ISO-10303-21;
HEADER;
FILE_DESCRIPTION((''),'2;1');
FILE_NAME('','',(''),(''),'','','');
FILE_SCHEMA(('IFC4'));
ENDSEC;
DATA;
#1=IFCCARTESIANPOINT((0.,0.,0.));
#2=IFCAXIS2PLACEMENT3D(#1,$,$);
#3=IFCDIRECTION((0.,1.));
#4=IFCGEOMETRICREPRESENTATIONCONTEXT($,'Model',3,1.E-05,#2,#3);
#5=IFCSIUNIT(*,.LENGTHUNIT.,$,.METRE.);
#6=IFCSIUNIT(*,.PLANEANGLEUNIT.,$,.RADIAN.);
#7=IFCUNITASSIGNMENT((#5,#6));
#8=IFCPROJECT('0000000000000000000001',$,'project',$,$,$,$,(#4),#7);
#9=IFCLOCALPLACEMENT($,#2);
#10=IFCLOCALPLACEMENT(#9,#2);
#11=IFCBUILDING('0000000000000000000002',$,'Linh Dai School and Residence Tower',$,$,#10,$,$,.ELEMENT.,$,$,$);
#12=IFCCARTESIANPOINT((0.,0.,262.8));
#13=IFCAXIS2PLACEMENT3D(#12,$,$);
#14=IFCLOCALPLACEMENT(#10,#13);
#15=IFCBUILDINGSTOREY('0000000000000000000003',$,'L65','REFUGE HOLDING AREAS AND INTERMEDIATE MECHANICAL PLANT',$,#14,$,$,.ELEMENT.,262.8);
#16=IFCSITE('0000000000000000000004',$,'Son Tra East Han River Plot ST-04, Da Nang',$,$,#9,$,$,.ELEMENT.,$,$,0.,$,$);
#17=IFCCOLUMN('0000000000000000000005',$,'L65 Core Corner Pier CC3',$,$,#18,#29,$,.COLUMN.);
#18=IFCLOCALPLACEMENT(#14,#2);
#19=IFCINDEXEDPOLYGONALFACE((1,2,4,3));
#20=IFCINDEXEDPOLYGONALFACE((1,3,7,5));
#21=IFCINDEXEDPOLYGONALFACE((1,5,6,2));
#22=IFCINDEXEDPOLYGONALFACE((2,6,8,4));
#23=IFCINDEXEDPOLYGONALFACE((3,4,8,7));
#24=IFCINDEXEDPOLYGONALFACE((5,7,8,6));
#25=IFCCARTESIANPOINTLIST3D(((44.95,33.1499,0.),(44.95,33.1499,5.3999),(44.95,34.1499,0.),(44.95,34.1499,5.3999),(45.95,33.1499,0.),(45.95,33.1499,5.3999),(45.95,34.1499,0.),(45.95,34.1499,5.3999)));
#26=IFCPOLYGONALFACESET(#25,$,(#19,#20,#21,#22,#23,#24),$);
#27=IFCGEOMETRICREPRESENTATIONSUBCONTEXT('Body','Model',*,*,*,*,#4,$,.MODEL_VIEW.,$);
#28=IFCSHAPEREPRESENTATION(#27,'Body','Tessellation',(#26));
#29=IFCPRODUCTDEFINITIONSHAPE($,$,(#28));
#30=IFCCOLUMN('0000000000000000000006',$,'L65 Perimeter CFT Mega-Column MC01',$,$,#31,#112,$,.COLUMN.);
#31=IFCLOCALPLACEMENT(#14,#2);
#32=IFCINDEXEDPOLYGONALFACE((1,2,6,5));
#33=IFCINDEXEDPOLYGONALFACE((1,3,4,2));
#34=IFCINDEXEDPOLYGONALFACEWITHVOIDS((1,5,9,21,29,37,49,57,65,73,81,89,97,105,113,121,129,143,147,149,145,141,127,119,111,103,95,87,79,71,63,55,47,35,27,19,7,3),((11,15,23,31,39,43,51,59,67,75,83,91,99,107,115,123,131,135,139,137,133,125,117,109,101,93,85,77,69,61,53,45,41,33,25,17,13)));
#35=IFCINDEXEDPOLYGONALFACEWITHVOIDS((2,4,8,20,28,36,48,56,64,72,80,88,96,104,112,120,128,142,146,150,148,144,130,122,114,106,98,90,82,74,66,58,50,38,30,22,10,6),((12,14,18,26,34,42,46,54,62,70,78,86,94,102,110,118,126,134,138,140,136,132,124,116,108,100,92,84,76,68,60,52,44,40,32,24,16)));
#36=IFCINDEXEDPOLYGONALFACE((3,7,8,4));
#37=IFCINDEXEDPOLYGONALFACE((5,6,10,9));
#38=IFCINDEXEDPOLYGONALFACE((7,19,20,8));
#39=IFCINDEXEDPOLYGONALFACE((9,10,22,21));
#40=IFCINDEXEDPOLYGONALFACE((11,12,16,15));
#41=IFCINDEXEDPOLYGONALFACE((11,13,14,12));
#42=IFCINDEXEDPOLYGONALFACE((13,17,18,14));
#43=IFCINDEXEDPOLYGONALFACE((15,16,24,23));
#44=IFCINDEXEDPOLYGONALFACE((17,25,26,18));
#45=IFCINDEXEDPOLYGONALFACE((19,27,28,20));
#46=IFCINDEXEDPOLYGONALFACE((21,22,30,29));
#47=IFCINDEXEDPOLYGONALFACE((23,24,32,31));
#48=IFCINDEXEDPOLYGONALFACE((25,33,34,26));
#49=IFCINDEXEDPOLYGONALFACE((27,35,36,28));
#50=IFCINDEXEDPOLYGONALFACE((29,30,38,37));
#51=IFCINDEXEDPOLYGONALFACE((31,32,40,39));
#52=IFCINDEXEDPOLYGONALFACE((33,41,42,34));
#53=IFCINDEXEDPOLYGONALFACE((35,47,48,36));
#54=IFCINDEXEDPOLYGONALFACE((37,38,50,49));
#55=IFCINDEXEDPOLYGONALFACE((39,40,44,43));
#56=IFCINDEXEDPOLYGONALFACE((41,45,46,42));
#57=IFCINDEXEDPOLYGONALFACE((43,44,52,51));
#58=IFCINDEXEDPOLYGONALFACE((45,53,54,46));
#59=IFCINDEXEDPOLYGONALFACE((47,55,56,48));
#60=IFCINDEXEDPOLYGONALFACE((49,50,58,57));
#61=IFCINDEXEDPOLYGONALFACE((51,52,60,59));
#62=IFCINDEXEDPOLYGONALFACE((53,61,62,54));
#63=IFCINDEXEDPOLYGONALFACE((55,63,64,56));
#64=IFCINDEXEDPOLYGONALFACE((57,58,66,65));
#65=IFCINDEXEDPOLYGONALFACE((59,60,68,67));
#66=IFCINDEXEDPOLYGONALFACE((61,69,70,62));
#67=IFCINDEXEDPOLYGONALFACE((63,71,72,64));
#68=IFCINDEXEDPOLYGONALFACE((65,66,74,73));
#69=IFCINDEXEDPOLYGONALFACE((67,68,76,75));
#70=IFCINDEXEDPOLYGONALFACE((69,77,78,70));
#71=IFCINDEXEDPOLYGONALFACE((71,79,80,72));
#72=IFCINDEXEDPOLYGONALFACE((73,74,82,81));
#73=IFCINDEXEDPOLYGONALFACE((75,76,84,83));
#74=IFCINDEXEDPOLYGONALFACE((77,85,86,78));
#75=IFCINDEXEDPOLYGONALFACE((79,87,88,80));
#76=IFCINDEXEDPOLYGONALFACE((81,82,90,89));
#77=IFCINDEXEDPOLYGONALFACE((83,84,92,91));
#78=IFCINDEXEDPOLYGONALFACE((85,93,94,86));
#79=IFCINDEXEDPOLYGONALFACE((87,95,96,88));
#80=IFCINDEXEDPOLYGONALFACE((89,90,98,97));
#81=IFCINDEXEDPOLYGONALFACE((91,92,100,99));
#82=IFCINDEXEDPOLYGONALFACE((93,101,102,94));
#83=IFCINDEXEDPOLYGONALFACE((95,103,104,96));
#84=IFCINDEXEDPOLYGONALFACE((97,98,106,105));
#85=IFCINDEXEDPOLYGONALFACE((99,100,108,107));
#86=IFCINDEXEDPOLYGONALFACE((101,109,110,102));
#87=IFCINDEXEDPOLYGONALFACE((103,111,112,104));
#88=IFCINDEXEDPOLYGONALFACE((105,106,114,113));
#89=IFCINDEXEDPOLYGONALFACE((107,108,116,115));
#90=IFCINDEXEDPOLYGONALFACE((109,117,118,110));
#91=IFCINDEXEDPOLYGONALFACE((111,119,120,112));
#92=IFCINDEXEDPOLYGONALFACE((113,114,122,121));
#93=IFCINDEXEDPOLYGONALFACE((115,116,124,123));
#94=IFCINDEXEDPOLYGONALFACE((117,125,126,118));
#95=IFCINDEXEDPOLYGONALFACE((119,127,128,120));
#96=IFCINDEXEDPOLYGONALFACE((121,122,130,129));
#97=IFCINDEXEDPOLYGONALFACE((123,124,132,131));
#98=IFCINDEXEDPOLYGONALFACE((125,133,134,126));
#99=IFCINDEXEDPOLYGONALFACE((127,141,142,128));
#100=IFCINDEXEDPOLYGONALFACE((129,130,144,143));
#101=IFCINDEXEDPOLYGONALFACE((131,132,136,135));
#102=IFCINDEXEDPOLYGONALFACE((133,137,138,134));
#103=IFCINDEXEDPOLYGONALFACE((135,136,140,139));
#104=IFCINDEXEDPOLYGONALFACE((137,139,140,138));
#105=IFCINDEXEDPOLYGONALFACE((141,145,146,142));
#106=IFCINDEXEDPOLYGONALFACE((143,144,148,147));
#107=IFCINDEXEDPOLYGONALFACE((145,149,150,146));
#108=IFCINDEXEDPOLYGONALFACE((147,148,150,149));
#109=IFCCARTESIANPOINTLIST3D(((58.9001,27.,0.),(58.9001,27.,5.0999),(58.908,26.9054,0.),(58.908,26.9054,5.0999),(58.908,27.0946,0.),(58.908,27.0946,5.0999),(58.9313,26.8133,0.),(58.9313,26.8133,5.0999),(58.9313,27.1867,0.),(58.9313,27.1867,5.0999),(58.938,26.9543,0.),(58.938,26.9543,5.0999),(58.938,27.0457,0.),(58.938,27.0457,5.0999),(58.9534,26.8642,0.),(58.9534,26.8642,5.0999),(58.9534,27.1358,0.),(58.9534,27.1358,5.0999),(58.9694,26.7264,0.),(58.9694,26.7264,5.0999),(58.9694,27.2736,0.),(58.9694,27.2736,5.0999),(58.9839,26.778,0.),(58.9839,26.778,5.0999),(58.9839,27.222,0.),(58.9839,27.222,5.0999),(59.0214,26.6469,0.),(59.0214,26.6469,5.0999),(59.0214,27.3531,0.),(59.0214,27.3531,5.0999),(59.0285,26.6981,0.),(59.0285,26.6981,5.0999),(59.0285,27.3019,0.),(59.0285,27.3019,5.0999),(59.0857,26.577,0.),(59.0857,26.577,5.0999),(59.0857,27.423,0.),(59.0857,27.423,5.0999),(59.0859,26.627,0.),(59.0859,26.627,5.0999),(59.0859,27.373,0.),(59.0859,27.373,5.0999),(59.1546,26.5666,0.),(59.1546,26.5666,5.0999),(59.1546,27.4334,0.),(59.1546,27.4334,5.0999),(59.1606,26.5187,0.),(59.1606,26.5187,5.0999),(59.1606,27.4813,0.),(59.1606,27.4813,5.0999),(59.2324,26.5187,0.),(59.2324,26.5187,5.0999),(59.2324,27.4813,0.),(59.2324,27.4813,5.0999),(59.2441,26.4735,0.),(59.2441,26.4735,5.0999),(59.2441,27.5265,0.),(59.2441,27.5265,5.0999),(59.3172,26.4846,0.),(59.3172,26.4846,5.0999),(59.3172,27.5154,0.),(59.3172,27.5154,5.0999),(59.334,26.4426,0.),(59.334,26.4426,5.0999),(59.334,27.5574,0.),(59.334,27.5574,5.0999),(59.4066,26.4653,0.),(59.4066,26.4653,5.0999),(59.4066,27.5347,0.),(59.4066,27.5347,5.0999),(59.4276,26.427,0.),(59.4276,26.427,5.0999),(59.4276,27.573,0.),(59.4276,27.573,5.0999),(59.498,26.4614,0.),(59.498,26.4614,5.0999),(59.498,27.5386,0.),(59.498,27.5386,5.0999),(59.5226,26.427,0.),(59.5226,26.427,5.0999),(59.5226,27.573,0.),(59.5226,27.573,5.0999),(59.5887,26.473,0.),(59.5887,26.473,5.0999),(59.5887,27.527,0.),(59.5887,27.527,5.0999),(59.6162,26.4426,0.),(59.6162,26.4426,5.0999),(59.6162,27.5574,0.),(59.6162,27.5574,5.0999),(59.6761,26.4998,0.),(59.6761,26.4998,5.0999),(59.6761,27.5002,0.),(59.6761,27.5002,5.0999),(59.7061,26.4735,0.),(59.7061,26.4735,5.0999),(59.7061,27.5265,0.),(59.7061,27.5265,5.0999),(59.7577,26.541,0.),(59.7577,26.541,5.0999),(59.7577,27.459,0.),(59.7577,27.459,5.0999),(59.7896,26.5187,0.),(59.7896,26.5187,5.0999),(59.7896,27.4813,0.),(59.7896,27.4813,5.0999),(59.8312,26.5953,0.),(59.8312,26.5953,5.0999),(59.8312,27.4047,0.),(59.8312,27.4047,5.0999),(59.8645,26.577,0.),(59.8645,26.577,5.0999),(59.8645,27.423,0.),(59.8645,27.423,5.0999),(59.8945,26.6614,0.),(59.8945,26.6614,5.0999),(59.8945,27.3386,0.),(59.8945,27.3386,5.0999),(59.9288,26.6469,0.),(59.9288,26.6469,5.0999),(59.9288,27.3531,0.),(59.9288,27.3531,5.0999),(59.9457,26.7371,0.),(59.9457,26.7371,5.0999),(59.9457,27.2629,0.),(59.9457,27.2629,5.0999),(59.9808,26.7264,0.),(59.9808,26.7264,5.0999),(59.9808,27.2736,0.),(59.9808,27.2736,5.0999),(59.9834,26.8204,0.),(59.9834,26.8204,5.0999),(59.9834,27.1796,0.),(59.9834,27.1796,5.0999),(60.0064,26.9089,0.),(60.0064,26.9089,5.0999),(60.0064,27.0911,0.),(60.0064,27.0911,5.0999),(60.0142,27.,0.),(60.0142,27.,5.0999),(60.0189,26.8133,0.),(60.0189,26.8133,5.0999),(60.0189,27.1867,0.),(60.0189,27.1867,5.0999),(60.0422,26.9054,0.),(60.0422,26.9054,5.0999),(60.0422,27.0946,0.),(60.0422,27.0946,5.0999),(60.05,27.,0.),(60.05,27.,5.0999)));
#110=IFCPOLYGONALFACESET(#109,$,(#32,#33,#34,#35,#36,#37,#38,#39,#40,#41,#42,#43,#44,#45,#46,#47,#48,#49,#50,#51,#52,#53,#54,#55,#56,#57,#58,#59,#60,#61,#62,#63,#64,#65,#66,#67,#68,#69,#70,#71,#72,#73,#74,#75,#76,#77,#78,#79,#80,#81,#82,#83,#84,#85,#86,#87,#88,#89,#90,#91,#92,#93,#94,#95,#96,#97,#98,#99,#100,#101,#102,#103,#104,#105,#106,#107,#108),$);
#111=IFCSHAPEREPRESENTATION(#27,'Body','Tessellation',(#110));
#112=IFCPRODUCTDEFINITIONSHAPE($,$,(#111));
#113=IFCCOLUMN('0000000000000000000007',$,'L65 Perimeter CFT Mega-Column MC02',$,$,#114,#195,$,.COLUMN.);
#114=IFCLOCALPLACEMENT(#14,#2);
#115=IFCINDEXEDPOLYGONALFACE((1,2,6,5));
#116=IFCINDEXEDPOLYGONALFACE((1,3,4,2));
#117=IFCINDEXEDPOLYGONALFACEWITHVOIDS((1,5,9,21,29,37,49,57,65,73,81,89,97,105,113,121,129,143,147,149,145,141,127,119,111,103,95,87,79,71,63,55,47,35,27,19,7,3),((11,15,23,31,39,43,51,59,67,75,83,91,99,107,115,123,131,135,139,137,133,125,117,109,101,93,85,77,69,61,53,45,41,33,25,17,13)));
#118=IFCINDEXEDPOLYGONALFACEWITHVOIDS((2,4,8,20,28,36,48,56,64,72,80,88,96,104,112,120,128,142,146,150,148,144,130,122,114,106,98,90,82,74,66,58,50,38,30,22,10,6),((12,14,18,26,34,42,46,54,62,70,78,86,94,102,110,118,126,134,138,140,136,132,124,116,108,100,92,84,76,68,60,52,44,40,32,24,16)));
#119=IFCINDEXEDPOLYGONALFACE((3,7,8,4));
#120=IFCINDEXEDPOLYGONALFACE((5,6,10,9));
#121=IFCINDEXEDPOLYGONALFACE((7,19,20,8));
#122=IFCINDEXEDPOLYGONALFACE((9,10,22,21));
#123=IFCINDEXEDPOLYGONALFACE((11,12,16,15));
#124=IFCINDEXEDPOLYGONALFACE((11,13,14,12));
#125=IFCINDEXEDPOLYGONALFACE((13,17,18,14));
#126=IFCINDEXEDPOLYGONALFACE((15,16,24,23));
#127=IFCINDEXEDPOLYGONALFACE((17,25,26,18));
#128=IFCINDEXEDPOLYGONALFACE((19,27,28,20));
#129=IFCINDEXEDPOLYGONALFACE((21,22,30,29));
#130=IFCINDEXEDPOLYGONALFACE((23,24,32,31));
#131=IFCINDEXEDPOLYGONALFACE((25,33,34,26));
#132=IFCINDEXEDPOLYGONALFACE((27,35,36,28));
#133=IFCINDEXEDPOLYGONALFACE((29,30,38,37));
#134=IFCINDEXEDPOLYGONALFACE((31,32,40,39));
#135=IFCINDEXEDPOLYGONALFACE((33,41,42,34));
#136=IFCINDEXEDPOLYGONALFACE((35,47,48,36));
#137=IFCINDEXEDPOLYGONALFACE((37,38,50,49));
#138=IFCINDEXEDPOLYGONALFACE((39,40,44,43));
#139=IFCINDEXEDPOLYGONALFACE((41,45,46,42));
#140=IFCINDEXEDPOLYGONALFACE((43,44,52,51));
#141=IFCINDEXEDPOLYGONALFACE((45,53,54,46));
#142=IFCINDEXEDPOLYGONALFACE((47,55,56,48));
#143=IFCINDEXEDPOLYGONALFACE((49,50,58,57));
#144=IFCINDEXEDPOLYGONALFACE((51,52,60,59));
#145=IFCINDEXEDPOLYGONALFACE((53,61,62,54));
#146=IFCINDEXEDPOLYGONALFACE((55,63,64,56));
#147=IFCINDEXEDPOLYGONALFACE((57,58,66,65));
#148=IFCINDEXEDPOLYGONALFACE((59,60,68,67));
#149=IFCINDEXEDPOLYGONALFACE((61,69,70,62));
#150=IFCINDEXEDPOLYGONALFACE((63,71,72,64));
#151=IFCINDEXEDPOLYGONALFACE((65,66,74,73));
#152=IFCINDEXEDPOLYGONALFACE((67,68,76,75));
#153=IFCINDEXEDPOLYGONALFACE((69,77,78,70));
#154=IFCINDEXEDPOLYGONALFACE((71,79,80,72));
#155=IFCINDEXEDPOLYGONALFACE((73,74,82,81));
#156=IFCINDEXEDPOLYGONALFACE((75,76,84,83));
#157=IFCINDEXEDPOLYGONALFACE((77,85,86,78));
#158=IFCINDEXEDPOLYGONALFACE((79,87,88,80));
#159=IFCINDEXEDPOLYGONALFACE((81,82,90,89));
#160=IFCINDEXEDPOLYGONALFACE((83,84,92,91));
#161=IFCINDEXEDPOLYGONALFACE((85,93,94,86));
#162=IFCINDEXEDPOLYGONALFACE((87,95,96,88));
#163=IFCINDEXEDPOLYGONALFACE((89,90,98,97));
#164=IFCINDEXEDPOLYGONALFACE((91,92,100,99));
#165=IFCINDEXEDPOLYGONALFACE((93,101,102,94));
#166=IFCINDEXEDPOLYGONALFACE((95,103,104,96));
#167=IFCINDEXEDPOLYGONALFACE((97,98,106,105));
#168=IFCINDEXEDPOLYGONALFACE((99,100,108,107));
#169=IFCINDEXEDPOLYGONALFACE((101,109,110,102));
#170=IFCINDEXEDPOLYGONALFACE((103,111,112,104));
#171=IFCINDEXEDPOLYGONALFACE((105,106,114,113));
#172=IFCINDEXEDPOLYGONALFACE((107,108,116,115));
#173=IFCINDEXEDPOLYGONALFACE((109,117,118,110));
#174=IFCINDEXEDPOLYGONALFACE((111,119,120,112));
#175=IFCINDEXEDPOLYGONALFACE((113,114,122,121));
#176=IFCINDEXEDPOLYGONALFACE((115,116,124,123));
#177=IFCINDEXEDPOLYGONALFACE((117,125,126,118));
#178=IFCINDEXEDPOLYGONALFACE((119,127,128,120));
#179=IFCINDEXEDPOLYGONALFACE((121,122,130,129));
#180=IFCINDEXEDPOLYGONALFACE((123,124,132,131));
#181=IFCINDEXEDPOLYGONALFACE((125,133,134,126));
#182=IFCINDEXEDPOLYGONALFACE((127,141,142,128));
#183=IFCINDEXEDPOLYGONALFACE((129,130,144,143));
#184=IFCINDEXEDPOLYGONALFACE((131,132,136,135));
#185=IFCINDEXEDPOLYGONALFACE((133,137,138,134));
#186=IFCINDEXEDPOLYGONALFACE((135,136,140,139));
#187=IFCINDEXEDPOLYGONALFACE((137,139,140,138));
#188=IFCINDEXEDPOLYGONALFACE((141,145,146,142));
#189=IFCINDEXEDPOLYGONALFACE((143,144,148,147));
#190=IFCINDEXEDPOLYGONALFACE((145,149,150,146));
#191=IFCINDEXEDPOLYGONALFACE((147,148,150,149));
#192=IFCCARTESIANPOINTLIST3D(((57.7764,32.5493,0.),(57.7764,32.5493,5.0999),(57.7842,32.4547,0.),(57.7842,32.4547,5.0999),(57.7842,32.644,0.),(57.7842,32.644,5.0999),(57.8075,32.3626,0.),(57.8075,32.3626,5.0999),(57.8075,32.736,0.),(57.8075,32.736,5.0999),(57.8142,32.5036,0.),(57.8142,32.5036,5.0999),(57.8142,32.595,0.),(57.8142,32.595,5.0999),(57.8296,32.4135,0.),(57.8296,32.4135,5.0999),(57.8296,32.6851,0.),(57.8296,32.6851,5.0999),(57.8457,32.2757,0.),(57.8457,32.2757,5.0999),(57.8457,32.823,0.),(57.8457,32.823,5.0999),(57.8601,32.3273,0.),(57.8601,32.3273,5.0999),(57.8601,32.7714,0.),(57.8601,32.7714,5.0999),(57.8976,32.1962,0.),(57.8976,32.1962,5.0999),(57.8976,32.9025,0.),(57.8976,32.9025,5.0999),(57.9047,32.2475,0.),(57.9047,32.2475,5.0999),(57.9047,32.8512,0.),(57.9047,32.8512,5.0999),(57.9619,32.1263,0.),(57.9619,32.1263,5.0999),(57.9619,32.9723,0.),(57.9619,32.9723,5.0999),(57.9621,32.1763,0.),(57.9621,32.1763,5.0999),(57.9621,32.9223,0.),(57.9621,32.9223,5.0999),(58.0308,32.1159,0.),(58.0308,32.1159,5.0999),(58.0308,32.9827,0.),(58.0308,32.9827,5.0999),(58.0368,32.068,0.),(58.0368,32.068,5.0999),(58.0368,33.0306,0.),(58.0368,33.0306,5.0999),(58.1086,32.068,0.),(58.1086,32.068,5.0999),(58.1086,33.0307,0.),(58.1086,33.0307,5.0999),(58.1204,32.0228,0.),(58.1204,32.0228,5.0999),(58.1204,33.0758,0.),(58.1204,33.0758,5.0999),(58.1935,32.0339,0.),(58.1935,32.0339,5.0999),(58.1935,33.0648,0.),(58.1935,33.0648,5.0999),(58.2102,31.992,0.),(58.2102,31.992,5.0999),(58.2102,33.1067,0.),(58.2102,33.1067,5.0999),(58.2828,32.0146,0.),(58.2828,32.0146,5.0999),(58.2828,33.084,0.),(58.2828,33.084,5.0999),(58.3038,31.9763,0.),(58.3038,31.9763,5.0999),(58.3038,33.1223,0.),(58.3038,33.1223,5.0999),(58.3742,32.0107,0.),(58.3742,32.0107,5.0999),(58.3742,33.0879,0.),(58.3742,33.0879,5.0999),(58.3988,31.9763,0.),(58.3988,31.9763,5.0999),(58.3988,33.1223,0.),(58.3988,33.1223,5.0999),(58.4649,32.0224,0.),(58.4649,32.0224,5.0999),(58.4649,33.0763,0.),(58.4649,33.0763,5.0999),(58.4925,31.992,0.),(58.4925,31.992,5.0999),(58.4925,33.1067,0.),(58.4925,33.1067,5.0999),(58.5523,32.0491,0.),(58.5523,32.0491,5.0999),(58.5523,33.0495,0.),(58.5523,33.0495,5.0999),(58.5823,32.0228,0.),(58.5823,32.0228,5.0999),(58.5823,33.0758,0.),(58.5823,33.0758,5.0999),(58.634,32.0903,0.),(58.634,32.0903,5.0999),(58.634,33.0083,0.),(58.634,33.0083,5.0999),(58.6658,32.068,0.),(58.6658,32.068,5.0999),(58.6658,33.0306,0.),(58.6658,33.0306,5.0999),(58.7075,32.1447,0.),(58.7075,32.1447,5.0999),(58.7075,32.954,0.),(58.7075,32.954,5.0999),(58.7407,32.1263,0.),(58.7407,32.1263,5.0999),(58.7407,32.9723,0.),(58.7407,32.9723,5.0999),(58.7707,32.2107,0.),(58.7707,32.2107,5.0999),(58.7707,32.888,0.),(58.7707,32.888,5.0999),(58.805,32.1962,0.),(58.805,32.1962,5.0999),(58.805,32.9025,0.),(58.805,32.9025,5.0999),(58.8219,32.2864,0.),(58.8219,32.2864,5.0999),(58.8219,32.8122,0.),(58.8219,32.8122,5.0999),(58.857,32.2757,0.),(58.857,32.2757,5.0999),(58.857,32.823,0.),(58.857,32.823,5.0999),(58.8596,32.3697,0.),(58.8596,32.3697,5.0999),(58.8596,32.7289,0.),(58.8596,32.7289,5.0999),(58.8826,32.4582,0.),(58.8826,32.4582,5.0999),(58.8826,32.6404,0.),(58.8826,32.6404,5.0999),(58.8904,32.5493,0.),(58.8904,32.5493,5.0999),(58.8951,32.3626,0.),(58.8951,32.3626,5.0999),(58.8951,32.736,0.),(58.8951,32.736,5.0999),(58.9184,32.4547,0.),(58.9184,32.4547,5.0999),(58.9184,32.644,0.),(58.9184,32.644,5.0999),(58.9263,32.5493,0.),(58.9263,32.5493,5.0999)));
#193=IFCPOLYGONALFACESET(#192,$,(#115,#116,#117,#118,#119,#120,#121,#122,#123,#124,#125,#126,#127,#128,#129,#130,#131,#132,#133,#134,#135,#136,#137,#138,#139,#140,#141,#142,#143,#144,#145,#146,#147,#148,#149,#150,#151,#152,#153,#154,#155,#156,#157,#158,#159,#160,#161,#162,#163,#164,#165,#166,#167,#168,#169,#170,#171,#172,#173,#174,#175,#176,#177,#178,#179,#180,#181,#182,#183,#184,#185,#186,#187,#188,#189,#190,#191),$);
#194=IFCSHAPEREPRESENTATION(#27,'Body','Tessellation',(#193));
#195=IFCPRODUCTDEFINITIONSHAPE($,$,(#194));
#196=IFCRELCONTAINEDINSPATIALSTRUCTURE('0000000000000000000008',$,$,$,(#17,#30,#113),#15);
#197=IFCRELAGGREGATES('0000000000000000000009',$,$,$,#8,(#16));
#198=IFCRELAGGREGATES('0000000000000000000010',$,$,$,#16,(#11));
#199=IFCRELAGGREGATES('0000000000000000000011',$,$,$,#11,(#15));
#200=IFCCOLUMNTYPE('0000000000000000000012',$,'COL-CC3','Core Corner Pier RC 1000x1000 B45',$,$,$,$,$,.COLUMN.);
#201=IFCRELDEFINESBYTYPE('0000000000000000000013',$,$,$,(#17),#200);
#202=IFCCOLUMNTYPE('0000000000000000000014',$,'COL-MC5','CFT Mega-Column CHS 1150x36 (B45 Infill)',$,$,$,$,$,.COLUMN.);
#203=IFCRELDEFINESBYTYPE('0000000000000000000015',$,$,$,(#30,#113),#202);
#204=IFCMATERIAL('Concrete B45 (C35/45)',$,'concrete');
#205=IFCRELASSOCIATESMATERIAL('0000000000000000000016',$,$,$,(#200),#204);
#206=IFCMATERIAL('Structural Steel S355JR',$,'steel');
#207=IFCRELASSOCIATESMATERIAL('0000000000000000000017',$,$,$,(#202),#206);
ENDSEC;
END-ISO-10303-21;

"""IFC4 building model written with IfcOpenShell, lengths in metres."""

from ifc_helpers import new_model, si_unit, direction, frame, origin, origin_2d, place, context, subcontext, project, spatial, rectangle, hollow_circle, extrude, material, material_profile, profile_set, type_object, element, save


model = new_model("IFC4")

# Units and contexts
model_context = context("Model", 3, precision=1e-05, world=origin(), true_north=direction((0.0, 1.0)))
body_context = subcontext(model_context, "Body", "Model", "MODEL_VIEW")
ifc_project = project(units=[si_unit("LENGTHUNIT", "METRE"), si_unit("PLANEANGLEUNIT", "RADIAN")], contexts=[model_context])

# Site, building, storey
site_placement = place(None, origin())
site = spatial("IfcSite", under=ifc_project, at=site_placement, Name="Son Tra East Han River Plot ST-04, Da Nang", CompositionType="ELEMENT", RefElevation=0.0)
building_placement = place(site_placement, origin())
building = spatial("IfcBuilding", under=site, at=building_placement, Name="Linh Dai School and Residence Tower", CompositionType="ELEMENT")
storey_placement = place(building_placement, frame((0.0, 0.0, 262.8)))
storey = spatial("IfcBuildingStorey", under=building, at=storey_placement, Name="L65", Description="REFUGE HOLDING AREAS AND INTERMEDIATE MECHANICAL PLANT", CompositionType="ELEMENT", Elevation=262.8)

# Columns
ifc_material_1 = material(Name="Concrete B45 (C35/45)", Category="concrete")
ifc_material_profile_1 = material_profile(ifc_material_1, rectangle(XDim=1.0, YDim=1.0, at=origin_2d()), Name="RC 1000x1000")
ifc_profile_set_1 = profile_set([ifc_material_profile_1], Name="Concrete B45 (C35/45)")
column_type_1 = type_object("IfcColumnType", Name="COL-CC3", Description="Core Corner Pier RC 1000x1000 B45", PredefinedType="COLUMN", material=ifc_profile_set_1)
column_placement = place(storey_placement, frame((45.45, 33.6499, 0.0), z_axis=(0.0, 0.0, 1.0), x_axis=(1.0, 0.0, 0.0)))
element("IfcColumn", 1, at=column_placement, inside=storey, type_object=column_type_1, Name="L65 Core Corner Pier CC3", PredefinedType="COLUMN", context=body_context, shape_type="SweptSolid", body=[
    extrude(rectangle(XDim=1.0, YDim=1.0, at=origin_2d()), origin(), (0.0, 0.0, 1.0), 5.3999),
])
ifc_material_2 = material(Name="Structural Steel S355JR", Category="steel")
ifc_material_profile_2 = material_profile(ifc_material_2, hollow_circle(Radius=0.575, WallThickness=0.0359, at=origin_2d()), Name="CHS 1150x36")
ifc_profile_set_2 = profile_set([ifc_material_profile_2], Name="Structural Steel S355JR")
column_type_2 = type_object("IfcColumnType", Name="COL-MC5", Description="CFT Mega-Column CHS 1150x36 (B45 Infill)", PredefinedType="COLUMN", material=ifc_profile_set_2)
for number, where, z_axis, x_axis, name in (
    (2, (59.4751, 27.0, 0.0), (0.0, 0.0, 1.0), (1.0, 0.0, 0.0), "L65 Perimeter CFT Mega-Column MC01"),
    (3, (58.3513, 32.5493, 0.0), (0.0, 0.0, 1.0), (1.0, 0.0, 0.0), "L65 Perimeter CFT Mega-Column MC02"),
):
    element("IfcColumn", number, at=place(storey_placement, frame(where, z_axis=z_axis, x_axis=x_axis)), inside=storey, type_object=column_type_2, Name=name, PredefinedType="COLUMN", context=body_context, shape_type="SweptSolid", body=[
        extrude(hollow_circle(Radius=0.575, WallThickness=0.0359, at=origin_2d()), origin(), (0.0, 0.0, 1.0), 5.0999),
    ])

save(model, "model.ifc")
